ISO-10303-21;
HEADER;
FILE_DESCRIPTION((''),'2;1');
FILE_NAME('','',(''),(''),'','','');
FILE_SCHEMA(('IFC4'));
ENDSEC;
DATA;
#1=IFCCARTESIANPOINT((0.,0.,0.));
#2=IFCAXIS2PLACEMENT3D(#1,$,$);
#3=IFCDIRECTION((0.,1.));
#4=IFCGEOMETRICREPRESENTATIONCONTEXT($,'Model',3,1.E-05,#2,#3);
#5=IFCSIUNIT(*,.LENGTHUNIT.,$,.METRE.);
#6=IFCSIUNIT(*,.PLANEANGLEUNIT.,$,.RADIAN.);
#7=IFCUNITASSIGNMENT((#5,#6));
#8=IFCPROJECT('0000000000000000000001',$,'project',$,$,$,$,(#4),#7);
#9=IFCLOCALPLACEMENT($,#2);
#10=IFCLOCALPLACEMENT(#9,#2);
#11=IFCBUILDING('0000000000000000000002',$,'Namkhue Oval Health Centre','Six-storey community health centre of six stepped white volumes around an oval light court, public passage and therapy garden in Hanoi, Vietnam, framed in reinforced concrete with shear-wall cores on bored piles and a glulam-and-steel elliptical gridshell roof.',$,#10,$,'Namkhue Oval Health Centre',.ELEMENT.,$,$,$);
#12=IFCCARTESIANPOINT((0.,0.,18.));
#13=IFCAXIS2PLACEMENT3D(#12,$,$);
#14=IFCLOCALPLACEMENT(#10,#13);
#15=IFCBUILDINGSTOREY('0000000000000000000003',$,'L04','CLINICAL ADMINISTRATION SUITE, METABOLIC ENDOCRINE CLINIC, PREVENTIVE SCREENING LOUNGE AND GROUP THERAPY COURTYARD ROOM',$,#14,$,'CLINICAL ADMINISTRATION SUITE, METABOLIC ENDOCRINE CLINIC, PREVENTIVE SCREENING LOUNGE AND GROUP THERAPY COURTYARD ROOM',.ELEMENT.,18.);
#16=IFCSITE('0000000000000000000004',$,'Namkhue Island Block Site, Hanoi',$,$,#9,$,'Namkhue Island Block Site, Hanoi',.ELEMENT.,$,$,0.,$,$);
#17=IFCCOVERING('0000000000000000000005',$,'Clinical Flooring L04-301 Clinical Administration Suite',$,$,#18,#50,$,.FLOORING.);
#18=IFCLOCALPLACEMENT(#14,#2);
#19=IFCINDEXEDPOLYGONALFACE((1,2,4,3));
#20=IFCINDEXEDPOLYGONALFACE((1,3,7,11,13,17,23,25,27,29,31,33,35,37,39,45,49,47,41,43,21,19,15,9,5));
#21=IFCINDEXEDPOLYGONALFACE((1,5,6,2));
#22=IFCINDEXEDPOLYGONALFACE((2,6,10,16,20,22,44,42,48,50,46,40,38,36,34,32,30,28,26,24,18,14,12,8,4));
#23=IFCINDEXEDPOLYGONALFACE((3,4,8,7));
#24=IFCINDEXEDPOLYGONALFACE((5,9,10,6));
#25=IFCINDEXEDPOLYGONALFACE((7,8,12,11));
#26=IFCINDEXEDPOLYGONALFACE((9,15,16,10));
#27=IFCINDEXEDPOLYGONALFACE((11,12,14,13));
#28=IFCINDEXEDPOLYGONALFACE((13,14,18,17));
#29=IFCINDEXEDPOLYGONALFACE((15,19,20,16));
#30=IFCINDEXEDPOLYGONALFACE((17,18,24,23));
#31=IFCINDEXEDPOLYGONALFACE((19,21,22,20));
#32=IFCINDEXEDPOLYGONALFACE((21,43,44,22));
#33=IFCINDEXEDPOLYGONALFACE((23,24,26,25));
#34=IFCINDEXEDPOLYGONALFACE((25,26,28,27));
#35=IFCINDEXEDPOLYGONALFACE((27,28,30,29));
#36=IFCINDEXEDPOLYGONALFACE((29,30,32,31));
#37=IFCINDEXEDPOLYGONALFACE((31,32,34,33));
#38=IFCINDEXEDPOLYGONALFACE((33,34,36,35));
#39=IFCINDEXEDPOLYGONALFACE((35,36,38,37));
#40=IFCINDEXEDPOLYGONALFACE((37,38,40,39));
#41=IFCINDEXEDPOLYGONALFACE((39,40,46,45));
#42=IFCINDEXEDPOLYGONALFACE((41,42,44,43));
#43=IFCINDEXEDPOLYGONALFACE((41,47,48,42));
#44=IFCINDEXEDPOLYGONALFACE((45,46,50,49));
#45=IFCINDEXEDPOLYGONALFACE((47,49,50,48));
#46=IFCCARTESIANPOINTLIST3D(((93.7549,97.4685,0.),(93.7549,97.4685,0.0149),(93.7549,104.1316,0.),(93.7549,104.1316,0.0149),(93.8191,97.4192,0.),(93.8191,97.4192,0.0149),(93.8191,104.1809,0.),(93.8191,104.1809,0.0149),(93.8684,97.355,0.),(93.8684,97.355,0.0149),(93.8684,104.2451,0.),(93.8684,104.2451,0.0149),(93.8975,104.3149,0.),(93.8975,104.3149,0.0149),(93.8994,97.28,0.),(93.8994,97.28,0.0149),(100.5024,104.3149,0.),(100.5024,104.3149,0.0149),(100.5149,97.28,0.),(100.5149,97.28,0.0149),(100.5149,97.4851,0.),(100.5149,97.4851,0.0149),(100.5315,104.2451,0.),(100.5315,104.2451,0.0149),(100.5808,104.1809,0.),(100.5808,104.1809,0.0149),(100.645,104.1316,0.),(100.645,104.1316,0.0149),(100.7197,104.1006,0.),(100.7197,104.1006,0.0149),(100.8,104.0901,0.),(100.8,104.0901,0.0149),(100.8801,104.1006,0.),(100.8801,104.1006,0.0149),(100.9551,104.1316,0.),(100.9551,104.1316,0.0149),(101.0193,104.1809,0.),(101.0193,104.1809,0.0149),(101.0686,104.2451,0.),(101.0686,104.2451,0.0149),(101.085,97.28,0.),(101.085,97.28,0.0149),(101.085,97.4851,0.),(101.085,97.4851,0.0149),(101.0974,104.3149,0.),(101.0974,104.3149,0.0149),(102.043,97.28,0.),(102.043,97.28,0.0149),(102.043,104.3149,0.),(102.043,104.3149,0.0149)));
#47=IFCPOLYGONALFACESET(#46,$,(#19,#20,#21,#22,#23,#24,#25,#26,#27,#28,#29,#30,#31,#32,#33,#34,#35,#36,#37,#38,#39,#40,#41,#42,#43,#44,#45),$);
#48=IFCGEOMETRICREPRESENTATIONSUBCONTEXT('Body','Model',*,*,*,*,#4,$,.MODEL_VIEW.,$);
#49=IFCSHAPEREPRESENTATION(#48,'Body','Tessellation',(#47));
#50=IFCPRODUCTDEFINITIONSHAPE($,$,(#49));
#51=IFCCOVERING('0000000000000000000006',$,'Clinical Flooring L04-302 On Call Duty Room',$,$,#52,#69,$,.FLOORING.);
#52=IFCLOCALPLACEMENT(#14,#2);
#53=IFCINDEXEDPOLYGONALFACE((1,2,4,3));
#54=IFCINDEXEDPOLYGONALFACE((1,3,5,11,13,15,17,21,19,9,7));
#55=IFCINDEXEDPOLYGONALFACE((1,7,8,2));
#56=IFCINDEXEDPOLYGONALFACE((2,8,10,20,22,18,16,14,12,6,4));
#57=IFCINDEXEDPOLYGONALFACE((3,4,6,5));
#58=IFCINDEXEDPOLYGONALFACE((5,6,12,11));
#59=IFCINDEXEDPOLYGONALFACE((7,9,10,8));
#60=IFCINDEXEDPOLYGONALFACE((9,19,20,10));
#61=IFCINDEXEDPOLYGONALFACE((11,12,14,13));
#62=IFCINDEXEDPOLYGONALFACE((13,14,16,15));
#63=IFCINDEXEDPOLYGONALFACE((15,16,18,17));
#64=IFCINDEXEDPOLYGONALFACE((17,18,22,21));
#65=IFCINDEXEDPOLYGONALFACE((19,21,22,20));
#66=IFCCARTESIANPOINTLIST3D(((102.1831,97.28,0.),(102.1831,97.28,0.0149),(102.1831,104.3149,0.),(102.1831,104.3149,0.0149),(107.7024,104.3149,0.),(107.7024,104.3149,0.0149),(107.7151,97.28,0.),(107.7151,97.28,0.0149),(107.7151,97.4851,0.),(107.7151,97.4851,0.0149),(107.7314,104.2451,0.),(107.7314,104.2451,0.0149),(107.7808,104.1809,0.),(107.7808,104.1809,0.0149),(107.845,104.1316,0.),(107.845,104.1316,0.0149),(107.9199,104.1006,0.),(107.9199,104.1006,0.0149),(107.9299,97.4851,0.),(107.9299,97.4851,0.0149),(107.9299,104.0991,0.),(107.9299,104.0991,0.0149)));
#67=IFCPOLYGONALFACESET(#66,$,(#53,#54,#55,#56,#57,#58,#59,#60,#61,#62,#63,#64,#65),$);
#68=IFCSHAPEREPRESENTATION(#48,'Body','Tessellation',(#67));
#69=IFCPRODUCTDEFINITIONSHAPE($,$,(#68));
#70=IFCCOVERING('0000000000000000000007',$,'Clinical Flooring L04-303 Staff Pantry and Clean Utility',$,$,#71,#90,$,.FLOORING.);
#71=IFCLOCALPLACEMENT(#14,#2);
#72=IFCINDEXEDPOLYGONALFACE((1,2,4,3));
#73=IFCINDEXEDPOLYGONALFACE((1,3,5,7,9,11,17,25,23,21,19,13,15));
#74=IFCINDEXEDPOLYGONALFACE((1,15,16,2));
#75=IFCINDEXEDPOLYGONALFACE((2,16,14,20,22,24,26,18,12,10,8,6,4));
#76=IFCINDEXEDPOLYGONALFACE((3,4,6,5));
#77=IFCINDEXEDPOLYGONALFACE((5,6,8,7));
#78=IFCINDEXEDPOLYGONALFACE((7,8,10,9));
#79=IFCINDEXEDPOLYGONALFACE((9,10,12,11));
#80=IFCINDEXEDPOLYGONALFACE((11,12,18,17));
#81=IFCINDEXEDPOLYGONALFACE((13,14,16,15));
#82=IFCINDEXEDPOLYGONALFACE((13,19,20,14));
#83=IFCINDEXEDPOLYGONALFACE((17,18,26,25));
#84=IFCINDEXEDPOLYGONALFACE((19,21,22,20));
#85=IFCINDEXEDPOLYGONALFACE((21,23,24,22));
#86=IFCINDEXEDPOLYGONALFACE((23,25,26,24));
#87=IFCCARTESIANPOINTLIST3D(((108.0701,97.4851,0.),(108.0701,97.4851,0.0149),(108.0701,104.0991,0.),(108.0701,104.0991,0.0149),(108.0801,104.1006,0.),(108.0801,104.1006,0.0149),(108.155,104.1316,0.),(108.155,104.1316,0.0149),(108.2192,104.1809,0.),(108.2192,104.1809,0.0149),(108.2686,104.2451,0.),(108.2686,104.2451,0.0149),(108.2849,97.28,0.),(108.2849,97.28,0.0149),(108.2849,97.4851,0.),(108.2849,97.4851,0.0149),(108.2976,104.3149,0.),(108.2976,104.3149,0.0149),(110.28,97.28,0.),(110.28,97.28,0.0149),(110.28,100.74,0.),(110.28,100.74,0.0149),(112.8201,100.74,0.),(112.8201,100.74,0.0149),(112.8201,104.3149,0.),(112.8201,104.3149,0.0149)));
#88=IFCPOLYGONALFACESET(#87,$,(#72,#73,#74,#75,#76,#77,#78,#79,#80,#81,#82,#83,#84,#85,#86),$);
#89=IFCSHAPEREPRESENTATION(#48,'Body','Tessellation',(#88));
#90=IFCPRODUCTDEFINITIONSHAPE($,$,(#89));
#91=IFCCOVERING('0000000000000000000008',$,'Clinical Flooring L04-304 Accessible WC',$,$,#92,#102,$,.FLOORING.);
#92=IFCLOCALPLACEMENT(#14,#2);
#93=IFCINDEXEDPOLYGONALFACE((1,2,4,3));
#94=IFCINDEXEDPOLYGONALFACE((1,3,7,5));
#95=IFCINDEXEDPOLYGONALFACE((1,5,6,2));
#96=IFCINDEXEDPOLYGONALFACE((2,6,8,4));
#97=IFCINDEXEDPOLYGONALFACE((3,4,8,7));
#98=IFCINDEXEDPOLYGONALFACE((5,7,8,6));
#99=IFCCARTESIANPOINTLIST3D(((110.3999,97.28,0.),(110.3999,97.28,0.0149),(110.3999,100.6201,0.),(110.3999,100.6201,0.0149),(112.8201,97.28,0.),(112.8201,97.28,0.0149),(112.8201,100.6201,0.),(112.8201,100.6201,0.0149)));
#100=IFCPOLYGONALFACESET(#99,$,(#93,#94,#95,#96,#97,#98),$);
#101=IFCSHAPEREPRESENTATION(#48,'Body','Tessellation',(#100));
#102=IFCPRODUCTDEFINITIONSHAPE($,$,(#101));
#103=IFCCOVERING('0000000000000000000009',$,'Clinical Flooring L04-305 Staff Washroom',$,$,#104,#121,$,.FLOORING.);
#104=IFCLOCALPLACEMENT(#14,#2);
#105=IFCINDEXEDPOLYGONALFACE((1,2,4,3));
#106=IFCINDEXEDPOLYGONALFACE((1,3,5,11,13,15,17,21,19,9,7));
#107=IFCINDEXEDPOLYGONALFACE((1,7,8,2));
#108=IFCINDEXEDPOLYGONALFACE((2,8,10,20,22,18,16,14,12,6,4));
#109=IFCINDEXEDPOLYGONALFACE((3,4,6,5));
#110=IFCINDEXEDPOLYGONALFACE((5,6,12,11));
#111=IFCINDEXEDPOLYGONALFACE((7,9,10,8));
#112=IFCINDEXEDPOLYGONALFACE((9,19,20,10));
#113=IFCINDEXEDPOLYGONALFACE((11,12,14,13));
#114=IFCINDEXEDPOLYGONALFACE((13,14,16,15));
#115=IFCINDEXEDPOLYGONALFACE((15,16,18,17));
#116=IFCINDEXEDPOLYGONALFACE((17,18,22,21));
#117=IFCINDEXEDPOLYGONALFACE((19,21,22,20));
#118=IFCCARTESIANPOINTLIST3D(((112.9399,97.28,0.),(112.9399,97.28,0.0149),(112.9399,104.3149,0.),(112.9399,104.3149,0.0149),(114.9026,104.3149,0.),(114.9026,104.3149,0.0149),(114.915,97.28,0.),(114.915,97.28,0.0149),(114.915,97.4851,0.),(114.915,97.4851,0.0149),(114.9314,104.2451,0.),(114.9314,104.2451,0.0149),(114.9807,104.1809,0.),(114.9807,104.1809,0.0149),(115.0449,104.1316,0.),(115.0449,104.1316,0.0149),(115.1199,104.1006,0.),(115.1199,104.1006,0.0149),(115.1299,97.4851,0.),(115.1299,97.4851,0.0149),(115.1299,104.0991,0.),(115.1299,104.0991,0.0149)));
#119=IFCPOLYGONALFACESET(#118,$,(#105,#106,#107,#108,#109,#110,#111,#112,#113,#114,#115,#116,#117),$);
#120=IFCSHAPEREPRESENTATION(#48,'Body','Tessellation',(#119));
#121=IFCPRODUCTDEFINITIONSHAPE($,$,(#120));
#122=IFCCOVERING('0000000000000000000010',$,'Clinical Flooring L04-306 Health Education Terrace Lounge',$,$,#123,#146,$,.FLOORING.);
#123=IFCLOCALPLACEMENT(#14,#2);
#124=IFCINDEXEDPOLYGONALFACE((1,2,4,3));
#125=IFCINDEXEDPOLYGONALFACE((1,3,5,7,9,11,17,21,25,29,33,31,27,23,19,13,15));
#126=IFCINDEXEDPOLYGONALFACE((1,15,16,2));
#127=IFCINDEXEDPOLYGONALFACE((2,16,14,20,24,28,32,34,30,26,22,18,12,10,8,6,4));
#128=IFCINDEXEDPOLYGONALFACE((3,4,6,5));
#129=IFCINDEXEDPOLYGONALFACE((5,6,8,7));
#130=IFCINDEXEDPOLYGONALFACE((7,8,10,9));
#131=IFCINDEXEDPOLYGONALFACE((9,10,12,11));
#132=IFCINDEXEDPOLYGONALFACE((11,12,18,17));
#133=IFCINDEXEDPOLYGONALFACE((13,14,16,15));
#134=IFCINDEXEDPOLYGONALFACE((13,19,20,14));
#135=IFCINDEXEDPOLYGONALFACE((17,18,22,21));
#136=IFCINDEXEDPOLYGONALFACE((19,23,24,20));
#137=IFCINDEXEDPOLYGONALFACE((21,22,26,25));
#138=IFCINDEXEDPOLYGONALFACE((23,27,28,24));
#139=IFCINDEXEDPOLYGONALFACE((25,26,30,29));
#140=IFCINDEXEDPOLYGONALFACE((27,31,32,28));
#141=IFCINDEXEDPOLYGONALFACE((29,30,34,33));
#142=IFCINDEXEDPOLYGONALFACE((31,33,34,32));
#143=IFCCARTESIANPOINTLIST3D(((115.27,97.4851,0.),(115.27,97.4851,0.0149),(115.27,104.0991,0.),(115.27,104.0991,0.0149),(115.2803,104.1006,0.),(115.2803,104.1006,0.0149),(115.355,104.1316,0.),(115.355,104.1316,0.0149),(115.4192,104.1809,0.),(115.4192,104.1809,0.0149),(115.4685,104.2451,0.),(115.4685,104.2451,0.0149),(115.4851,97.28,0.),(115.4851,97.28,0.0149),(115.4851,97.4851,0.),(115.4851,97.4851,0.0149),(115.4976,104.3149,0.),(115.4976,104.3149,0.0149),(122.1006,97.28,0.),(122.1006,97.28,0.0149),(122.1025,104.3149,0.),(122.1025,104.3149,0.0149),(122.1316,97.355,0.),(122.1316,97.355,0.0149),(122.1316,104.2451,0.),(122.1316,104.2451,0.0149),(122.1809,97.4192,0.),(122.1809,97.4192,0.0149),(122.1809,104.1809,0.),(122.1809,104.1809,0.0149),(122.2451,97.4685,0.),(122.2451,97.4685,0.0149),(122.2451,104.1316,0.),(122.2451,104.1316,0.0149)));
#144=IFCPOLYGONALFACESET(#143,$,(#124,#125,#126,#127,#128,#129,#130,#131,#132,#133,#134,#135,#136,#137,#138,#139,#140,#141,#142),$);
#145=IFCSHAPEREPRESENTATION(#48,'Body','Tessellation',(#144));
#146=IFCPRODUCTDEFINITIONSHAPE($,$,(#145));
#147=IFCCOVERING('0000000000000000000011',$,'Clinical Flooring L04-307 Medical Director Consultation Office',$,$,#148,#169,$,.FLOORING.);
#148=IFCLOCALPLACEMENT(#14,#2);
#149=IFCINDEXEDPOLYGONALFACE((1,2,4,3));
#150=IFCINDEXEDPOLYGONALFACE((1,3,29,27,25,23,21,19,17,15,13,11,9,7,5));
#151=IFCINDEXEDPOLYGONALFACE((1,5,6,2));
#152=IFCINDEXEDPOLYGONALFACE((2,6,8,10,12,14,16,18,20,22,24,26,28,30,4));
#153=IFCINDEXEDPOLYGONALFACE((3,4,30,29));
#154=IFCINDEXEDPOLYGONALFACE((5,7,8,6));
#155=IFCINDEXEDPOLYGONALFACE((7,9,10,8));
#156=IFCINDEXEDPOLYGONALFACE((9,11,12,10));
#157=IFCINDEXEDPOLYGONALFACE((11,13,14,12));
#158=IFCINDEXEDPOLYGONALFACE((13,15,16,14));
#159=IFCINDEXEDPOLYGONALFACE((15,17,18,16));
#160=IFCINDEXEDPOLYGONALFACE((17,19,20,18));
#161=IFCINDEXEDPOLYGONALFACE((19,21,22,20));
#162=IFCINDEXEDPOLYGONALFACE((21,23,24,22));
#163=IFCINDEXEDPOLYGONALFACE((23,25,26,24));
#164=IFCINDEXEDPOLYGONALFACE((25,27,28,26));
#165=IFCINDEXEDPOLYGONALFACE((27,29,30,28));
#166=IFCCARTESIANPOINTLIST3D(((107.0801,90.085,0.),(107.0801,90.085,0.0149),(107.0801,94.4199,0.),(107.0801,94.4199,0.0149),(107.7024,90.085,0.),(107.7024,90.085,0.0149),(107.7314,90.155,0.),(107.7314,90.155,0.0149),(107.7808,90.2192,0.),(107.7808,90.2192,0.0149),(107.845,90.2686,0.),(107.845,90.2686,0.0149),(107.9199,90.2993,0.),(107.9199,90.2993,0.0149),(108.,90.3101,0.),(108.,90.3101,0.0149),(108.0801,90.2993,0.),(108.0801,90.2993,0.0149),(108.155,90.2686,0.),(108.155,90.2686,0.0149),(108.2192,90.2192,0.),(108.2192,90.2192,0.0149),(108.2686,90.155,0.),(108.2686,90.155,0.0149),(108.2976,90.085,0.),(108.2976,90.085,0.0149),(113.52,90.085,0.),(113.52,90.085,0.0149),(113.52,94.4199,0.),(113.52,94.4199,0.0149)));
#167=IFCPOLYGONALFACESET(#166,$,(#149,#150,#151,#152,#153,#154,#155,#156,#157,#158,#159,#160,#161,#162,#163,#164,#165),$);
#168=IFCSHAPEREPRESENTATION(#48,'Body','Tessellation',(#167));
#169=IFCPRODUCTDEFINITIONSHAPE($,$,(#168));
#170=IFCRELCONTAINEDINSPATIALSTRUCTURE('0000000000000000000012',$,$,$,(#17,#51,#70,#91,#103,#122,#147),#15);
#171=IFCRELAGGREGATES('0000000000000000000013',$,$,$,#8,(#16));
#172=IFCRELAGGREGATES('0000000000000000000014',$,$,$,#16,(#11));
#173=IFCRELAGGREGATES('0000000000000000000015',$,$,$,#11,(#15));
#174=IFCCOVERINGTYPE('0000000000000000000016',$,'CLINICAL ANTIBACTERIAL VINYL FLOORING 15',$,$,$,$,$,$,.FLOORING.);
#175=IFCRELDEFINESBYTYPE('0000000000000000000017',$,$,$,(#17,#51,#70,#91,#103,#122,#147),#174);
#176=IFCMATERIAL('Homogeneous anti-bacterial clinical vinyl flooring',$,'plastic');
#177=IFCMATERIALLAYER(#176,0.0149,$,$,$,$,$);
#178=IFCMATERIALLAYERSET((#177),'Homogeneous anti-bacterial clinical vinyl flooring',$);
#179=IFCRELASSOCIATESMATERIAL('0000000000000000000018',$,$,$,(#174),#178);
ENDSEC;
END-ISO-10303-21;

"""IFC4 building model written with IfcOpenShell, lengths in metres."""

from ifc_helpers import new_model, si_unit, direction, frame, origin, place, context, subcontext, project, spatial, polyline, outline, extrude, material, layer, layer_set, type_object, element, save


model = new_model("IFC4")

# Units and contexts
model_context = context("Model", 3, precision=1e-05, world=origin(), true_north=direction((0.0, 1.0)))
body_context = subcontext(model_context, "Body", "Model", "MODEL_VIEW")
ifc_project = project(units=[si_unit("LENGTHUNIT", "METRE"), si_unit("PLANEANGLEUNIT", "RADIAN")], contexts=[model_context])

# Site, building, storey
site_placement = place(None, origin())
site = spatial("IfcSite", under=ifc_project, at=site_placement, Name="Namkhue Island Block Site, Hanoi", LongName="Namkhue Island Block Site, Hanoi", CompositionType="ELEMENT", RefElevation=0.0)
building_placement = place(site_placement, origin())
building = spatial("IfcBuilding", under=site, at=building_placement, Name="Namkhue Oval Health Centre", Description="Six-storey community health centre of six stepped white volumes around an oval light court, public passage and therapy garden in Hanoi, Vietnam, framed in reinforced concrete with shear-wall cores on bored piles and a glulam-and-steel elliptical gridshell roof.", LongName="Namkhue Oval Health Centre", CompositionType="ELEMENT")
storey_placement = place(building_placement, frame((0.0, 0.0, 18.0)))
storey = spatial("IfcBuildingStorey", under=building, at=storey_placement, Name="L04", Description="CLINICAL ADMINISTRATION SUITE, METABOLIC ENDOCRINE CLINIC, PREVENTIVE SCREENING LOUNGE AND GROUP THERAPY COURTYARD ROOM", LongName="CLINICAL ADMINISTRATION SUITE, METABOLIC ENDOCRINE CLINIC, PREVENTIVE SCREENING LOUNGE AND GROUP THERAPY COURTYARD ROOM", CompositionType="ELEMENT", Elevation=18.0)

# Coverings
ifc_material_1 = material(Name="Homogeneous anti-bacterial clinical vinyl flooring", Category="plastic")
ifc_layer_1 = layer(ifc_material_1, 0.0149)
ifc_layer_set_1 = layer_set([ifc_layer_1], Name="Homogeneous anti-bacterial clinical vinyl flooring")
covering_type = type_object("IfcCoveringType", Name="CLINICAL ANTIBACTERIAL VINYL FLOORING 15", PredefinedType="FLOORING", material=ifc_layer_set_1)
covering_1_placement = place(storey_placement, origin())
element("IfcCovering", 1, at=covering_1_placement, inside=storey, type_object=covering_type, Name="Clinical Flooring L04-301 Clinical Administration Suite", PredefinedType="FLOORING", context=body_context, shape_type="SweptSolid", body=[
    extrude(outline(polyline([(101.085, 97.28), (101.085, 97.4851), (100.5149, 97.4851), (100.5149, 97.28), (93.8994, 97.28), (93.8684, 97.355), (93.8191, 97.4192), (93.7549, 97.4685), (93.7549, 104.1316), (93.8191, 104.1809), (93.8684, 104.2451), (93.8975, 104.3149), (100.5024, 104.3149), (100.5315, 104.2451), (100.5808, 104.1809), (100.645, 104.1316), (100.7197, 104.1006), (100.8, 104.0901), (100.8801, 104.1006), (100.9551, 104.1316), (101.0193, 104.1809), (101.0686, 104.2451), (101.0974, 104.3149), (102.043, 104.3149), (102.043, 97.28), (101.085, 97.28)])), origin(), (0.0, 0.0, 1.0), 0.0149),
])
covering_2_placement = place(storey_placement, origin())
element("IfcCovering", 2, at=covering_2_placement, inside=storey, type_object=covering_type, Name="Clinical Flooring L04-302 On Call Duty Room", PredefinedType="FLOORING", context=body_context, shape_type="SweptSolid", body=[
    extrude(outline(polyline([(102.1831, 97.28), (102.1831, 104.3149), (107.7024, 104.3149), (107.7314, 104.2451), (107.7808, 104.1809), (107.845, 104.1316), (107.9199, 104.1006), (107.9299, 104.0991), (107.9299, 97.4851), (107.7151, 97.4851), (107.7151, 97.28), (102.1831, 97.28)])), origin(), (0.0, 0.0, 1.0), 0.0149),
])
covering_3_placement = place(storey_placement, origin())
element("IfcCovering", 3, at=covering_3_placement, inside=storey, type_object=covering_type, Name="Clinical Flooring L04-303 Staff Pantry and Clean Utility", PredefinedType="FLOORING", context=body_context, shape_type="SweptSolid", body=[
    extrude(outline(polyline([(112.8201, 104.3149), (112.8201, 100.74), (110.28, 100.74), (110.28, 97.28), (108.2849, 97.28), (108.2849, 97.4851), (108.0701, 97.4851), (108.0701, 104.0991), (108.0801, 104.1006), (108.155, 104.1316), (108.2192, 104.1809), (108.2686, 104.2451), (108.2976, 104.3149), (112.8201, 104.3149)])), origin(), (0.0, 0.0, 1.0), 0.0149),
])
covering_4_placement = place(storey_placement, origin())
element("IfcCovering", 4, at=covering_4_placement, inside=storey, type_object=covering_type, Name="Clinical Flooring L04-304 Accessible WC", PredefinedType="FLOORING", context=body_context, shape_type="SweptSolid", body=[
    extrude(outline(polyline([(112.8201, 100.6201), (112.8201, 97.28), (110.3999, 97.28), (110.3999, 100.6201), (112.8201, 100.6201)])), origin(), (0.0, 0.0, 1.0), 0.0149),
])
covering_5_placement = place(storey_placement, origin())
element("IfcCovering", 5, at=covering_5_placement, inside=storey, type_object=covering_type, Name="Clinical Flooring L04-305 Staff Washroom", PredefinedType="FLOORING", context=body_context, shape_type="SweptSolid", body=[
    extrude(outline(polyline([(112.9399, 97.28), (112.9399, 104.3149), (114.9026, 104.3149), (114.9314, 104.2451), (114.9807, 104.1809), (115.0449, 104.1316), (115.1199, 104.1006), (115.1299, 104.0991), (115.1299, 97.4851), (114.915, 97.4851), (114.915, 97.28), (112.9399, 97.28)])), origin(), (0.0, 0.0, 1.0), 0.0149),
])
covering_6_placement = place(storey_placement, origin())
element("IfcCovering", 6, at=covering_6_placement, inside=storey, type_object=covering_type, Name="Clinical Flooring L04-306 Health Education Terrace Lounge", PredefinedType="FLOORING", context=body_context, shape_type="SweptSolid", body=[
    extrude(outline(polyline([(115.4851, 97.28), (115.4851, 97.4851), (115.27, 97.4851), (115.27, 104.0991), (115.2803, 104.1006), (115.355, 104.1316), (115.4192, 104.1809), (115.4685, 104.2451), (115.4976, 104.3149), (122.1025, 104.3149), (122.1316, 104.2451), (122.1809, 104.1809), (122.2451, 104.1316), (122.2451, 97.4685), (122.1809, 97.4192), (122.1316, 97.355), (122.1006, 97.28), (115.4851, 97.28)])), origin(), (0.0, 0.0, 1.0), 0.0149),
])
covering_7_placement = place(storey_placement, origin())
element("IfcCovering", 7, at=covering_7_placement, inside=storey, type_object=covering_type, Name="Clinical Flooring L04-307 Medical Director Consultation Office", PredefinedType="FLOORING", context=body_context, shape_type="SweptSolid", body=[
    extrude(outline(polyline([(108.2976, 90.085), (108.2686, 90.155), (108.2192, 90.2192), (108.155, 90.2686), (108.0801, 90.2993), (108.0, 90.3101), (107.9199, 90.2993), (107.845, 90.2686), (107.7808, 90.2192), (107.7314, 90.155), (107.7024, 90.085), (107.0801, 90.085), (107.0801, 94.4199), (113.52, 94.4199), (113.52, 90.085), (108.2976, 90.085)])), origin(), (0.0, 0.0, 1.0), 0.0149),
])

save(model, "model.ifc")
